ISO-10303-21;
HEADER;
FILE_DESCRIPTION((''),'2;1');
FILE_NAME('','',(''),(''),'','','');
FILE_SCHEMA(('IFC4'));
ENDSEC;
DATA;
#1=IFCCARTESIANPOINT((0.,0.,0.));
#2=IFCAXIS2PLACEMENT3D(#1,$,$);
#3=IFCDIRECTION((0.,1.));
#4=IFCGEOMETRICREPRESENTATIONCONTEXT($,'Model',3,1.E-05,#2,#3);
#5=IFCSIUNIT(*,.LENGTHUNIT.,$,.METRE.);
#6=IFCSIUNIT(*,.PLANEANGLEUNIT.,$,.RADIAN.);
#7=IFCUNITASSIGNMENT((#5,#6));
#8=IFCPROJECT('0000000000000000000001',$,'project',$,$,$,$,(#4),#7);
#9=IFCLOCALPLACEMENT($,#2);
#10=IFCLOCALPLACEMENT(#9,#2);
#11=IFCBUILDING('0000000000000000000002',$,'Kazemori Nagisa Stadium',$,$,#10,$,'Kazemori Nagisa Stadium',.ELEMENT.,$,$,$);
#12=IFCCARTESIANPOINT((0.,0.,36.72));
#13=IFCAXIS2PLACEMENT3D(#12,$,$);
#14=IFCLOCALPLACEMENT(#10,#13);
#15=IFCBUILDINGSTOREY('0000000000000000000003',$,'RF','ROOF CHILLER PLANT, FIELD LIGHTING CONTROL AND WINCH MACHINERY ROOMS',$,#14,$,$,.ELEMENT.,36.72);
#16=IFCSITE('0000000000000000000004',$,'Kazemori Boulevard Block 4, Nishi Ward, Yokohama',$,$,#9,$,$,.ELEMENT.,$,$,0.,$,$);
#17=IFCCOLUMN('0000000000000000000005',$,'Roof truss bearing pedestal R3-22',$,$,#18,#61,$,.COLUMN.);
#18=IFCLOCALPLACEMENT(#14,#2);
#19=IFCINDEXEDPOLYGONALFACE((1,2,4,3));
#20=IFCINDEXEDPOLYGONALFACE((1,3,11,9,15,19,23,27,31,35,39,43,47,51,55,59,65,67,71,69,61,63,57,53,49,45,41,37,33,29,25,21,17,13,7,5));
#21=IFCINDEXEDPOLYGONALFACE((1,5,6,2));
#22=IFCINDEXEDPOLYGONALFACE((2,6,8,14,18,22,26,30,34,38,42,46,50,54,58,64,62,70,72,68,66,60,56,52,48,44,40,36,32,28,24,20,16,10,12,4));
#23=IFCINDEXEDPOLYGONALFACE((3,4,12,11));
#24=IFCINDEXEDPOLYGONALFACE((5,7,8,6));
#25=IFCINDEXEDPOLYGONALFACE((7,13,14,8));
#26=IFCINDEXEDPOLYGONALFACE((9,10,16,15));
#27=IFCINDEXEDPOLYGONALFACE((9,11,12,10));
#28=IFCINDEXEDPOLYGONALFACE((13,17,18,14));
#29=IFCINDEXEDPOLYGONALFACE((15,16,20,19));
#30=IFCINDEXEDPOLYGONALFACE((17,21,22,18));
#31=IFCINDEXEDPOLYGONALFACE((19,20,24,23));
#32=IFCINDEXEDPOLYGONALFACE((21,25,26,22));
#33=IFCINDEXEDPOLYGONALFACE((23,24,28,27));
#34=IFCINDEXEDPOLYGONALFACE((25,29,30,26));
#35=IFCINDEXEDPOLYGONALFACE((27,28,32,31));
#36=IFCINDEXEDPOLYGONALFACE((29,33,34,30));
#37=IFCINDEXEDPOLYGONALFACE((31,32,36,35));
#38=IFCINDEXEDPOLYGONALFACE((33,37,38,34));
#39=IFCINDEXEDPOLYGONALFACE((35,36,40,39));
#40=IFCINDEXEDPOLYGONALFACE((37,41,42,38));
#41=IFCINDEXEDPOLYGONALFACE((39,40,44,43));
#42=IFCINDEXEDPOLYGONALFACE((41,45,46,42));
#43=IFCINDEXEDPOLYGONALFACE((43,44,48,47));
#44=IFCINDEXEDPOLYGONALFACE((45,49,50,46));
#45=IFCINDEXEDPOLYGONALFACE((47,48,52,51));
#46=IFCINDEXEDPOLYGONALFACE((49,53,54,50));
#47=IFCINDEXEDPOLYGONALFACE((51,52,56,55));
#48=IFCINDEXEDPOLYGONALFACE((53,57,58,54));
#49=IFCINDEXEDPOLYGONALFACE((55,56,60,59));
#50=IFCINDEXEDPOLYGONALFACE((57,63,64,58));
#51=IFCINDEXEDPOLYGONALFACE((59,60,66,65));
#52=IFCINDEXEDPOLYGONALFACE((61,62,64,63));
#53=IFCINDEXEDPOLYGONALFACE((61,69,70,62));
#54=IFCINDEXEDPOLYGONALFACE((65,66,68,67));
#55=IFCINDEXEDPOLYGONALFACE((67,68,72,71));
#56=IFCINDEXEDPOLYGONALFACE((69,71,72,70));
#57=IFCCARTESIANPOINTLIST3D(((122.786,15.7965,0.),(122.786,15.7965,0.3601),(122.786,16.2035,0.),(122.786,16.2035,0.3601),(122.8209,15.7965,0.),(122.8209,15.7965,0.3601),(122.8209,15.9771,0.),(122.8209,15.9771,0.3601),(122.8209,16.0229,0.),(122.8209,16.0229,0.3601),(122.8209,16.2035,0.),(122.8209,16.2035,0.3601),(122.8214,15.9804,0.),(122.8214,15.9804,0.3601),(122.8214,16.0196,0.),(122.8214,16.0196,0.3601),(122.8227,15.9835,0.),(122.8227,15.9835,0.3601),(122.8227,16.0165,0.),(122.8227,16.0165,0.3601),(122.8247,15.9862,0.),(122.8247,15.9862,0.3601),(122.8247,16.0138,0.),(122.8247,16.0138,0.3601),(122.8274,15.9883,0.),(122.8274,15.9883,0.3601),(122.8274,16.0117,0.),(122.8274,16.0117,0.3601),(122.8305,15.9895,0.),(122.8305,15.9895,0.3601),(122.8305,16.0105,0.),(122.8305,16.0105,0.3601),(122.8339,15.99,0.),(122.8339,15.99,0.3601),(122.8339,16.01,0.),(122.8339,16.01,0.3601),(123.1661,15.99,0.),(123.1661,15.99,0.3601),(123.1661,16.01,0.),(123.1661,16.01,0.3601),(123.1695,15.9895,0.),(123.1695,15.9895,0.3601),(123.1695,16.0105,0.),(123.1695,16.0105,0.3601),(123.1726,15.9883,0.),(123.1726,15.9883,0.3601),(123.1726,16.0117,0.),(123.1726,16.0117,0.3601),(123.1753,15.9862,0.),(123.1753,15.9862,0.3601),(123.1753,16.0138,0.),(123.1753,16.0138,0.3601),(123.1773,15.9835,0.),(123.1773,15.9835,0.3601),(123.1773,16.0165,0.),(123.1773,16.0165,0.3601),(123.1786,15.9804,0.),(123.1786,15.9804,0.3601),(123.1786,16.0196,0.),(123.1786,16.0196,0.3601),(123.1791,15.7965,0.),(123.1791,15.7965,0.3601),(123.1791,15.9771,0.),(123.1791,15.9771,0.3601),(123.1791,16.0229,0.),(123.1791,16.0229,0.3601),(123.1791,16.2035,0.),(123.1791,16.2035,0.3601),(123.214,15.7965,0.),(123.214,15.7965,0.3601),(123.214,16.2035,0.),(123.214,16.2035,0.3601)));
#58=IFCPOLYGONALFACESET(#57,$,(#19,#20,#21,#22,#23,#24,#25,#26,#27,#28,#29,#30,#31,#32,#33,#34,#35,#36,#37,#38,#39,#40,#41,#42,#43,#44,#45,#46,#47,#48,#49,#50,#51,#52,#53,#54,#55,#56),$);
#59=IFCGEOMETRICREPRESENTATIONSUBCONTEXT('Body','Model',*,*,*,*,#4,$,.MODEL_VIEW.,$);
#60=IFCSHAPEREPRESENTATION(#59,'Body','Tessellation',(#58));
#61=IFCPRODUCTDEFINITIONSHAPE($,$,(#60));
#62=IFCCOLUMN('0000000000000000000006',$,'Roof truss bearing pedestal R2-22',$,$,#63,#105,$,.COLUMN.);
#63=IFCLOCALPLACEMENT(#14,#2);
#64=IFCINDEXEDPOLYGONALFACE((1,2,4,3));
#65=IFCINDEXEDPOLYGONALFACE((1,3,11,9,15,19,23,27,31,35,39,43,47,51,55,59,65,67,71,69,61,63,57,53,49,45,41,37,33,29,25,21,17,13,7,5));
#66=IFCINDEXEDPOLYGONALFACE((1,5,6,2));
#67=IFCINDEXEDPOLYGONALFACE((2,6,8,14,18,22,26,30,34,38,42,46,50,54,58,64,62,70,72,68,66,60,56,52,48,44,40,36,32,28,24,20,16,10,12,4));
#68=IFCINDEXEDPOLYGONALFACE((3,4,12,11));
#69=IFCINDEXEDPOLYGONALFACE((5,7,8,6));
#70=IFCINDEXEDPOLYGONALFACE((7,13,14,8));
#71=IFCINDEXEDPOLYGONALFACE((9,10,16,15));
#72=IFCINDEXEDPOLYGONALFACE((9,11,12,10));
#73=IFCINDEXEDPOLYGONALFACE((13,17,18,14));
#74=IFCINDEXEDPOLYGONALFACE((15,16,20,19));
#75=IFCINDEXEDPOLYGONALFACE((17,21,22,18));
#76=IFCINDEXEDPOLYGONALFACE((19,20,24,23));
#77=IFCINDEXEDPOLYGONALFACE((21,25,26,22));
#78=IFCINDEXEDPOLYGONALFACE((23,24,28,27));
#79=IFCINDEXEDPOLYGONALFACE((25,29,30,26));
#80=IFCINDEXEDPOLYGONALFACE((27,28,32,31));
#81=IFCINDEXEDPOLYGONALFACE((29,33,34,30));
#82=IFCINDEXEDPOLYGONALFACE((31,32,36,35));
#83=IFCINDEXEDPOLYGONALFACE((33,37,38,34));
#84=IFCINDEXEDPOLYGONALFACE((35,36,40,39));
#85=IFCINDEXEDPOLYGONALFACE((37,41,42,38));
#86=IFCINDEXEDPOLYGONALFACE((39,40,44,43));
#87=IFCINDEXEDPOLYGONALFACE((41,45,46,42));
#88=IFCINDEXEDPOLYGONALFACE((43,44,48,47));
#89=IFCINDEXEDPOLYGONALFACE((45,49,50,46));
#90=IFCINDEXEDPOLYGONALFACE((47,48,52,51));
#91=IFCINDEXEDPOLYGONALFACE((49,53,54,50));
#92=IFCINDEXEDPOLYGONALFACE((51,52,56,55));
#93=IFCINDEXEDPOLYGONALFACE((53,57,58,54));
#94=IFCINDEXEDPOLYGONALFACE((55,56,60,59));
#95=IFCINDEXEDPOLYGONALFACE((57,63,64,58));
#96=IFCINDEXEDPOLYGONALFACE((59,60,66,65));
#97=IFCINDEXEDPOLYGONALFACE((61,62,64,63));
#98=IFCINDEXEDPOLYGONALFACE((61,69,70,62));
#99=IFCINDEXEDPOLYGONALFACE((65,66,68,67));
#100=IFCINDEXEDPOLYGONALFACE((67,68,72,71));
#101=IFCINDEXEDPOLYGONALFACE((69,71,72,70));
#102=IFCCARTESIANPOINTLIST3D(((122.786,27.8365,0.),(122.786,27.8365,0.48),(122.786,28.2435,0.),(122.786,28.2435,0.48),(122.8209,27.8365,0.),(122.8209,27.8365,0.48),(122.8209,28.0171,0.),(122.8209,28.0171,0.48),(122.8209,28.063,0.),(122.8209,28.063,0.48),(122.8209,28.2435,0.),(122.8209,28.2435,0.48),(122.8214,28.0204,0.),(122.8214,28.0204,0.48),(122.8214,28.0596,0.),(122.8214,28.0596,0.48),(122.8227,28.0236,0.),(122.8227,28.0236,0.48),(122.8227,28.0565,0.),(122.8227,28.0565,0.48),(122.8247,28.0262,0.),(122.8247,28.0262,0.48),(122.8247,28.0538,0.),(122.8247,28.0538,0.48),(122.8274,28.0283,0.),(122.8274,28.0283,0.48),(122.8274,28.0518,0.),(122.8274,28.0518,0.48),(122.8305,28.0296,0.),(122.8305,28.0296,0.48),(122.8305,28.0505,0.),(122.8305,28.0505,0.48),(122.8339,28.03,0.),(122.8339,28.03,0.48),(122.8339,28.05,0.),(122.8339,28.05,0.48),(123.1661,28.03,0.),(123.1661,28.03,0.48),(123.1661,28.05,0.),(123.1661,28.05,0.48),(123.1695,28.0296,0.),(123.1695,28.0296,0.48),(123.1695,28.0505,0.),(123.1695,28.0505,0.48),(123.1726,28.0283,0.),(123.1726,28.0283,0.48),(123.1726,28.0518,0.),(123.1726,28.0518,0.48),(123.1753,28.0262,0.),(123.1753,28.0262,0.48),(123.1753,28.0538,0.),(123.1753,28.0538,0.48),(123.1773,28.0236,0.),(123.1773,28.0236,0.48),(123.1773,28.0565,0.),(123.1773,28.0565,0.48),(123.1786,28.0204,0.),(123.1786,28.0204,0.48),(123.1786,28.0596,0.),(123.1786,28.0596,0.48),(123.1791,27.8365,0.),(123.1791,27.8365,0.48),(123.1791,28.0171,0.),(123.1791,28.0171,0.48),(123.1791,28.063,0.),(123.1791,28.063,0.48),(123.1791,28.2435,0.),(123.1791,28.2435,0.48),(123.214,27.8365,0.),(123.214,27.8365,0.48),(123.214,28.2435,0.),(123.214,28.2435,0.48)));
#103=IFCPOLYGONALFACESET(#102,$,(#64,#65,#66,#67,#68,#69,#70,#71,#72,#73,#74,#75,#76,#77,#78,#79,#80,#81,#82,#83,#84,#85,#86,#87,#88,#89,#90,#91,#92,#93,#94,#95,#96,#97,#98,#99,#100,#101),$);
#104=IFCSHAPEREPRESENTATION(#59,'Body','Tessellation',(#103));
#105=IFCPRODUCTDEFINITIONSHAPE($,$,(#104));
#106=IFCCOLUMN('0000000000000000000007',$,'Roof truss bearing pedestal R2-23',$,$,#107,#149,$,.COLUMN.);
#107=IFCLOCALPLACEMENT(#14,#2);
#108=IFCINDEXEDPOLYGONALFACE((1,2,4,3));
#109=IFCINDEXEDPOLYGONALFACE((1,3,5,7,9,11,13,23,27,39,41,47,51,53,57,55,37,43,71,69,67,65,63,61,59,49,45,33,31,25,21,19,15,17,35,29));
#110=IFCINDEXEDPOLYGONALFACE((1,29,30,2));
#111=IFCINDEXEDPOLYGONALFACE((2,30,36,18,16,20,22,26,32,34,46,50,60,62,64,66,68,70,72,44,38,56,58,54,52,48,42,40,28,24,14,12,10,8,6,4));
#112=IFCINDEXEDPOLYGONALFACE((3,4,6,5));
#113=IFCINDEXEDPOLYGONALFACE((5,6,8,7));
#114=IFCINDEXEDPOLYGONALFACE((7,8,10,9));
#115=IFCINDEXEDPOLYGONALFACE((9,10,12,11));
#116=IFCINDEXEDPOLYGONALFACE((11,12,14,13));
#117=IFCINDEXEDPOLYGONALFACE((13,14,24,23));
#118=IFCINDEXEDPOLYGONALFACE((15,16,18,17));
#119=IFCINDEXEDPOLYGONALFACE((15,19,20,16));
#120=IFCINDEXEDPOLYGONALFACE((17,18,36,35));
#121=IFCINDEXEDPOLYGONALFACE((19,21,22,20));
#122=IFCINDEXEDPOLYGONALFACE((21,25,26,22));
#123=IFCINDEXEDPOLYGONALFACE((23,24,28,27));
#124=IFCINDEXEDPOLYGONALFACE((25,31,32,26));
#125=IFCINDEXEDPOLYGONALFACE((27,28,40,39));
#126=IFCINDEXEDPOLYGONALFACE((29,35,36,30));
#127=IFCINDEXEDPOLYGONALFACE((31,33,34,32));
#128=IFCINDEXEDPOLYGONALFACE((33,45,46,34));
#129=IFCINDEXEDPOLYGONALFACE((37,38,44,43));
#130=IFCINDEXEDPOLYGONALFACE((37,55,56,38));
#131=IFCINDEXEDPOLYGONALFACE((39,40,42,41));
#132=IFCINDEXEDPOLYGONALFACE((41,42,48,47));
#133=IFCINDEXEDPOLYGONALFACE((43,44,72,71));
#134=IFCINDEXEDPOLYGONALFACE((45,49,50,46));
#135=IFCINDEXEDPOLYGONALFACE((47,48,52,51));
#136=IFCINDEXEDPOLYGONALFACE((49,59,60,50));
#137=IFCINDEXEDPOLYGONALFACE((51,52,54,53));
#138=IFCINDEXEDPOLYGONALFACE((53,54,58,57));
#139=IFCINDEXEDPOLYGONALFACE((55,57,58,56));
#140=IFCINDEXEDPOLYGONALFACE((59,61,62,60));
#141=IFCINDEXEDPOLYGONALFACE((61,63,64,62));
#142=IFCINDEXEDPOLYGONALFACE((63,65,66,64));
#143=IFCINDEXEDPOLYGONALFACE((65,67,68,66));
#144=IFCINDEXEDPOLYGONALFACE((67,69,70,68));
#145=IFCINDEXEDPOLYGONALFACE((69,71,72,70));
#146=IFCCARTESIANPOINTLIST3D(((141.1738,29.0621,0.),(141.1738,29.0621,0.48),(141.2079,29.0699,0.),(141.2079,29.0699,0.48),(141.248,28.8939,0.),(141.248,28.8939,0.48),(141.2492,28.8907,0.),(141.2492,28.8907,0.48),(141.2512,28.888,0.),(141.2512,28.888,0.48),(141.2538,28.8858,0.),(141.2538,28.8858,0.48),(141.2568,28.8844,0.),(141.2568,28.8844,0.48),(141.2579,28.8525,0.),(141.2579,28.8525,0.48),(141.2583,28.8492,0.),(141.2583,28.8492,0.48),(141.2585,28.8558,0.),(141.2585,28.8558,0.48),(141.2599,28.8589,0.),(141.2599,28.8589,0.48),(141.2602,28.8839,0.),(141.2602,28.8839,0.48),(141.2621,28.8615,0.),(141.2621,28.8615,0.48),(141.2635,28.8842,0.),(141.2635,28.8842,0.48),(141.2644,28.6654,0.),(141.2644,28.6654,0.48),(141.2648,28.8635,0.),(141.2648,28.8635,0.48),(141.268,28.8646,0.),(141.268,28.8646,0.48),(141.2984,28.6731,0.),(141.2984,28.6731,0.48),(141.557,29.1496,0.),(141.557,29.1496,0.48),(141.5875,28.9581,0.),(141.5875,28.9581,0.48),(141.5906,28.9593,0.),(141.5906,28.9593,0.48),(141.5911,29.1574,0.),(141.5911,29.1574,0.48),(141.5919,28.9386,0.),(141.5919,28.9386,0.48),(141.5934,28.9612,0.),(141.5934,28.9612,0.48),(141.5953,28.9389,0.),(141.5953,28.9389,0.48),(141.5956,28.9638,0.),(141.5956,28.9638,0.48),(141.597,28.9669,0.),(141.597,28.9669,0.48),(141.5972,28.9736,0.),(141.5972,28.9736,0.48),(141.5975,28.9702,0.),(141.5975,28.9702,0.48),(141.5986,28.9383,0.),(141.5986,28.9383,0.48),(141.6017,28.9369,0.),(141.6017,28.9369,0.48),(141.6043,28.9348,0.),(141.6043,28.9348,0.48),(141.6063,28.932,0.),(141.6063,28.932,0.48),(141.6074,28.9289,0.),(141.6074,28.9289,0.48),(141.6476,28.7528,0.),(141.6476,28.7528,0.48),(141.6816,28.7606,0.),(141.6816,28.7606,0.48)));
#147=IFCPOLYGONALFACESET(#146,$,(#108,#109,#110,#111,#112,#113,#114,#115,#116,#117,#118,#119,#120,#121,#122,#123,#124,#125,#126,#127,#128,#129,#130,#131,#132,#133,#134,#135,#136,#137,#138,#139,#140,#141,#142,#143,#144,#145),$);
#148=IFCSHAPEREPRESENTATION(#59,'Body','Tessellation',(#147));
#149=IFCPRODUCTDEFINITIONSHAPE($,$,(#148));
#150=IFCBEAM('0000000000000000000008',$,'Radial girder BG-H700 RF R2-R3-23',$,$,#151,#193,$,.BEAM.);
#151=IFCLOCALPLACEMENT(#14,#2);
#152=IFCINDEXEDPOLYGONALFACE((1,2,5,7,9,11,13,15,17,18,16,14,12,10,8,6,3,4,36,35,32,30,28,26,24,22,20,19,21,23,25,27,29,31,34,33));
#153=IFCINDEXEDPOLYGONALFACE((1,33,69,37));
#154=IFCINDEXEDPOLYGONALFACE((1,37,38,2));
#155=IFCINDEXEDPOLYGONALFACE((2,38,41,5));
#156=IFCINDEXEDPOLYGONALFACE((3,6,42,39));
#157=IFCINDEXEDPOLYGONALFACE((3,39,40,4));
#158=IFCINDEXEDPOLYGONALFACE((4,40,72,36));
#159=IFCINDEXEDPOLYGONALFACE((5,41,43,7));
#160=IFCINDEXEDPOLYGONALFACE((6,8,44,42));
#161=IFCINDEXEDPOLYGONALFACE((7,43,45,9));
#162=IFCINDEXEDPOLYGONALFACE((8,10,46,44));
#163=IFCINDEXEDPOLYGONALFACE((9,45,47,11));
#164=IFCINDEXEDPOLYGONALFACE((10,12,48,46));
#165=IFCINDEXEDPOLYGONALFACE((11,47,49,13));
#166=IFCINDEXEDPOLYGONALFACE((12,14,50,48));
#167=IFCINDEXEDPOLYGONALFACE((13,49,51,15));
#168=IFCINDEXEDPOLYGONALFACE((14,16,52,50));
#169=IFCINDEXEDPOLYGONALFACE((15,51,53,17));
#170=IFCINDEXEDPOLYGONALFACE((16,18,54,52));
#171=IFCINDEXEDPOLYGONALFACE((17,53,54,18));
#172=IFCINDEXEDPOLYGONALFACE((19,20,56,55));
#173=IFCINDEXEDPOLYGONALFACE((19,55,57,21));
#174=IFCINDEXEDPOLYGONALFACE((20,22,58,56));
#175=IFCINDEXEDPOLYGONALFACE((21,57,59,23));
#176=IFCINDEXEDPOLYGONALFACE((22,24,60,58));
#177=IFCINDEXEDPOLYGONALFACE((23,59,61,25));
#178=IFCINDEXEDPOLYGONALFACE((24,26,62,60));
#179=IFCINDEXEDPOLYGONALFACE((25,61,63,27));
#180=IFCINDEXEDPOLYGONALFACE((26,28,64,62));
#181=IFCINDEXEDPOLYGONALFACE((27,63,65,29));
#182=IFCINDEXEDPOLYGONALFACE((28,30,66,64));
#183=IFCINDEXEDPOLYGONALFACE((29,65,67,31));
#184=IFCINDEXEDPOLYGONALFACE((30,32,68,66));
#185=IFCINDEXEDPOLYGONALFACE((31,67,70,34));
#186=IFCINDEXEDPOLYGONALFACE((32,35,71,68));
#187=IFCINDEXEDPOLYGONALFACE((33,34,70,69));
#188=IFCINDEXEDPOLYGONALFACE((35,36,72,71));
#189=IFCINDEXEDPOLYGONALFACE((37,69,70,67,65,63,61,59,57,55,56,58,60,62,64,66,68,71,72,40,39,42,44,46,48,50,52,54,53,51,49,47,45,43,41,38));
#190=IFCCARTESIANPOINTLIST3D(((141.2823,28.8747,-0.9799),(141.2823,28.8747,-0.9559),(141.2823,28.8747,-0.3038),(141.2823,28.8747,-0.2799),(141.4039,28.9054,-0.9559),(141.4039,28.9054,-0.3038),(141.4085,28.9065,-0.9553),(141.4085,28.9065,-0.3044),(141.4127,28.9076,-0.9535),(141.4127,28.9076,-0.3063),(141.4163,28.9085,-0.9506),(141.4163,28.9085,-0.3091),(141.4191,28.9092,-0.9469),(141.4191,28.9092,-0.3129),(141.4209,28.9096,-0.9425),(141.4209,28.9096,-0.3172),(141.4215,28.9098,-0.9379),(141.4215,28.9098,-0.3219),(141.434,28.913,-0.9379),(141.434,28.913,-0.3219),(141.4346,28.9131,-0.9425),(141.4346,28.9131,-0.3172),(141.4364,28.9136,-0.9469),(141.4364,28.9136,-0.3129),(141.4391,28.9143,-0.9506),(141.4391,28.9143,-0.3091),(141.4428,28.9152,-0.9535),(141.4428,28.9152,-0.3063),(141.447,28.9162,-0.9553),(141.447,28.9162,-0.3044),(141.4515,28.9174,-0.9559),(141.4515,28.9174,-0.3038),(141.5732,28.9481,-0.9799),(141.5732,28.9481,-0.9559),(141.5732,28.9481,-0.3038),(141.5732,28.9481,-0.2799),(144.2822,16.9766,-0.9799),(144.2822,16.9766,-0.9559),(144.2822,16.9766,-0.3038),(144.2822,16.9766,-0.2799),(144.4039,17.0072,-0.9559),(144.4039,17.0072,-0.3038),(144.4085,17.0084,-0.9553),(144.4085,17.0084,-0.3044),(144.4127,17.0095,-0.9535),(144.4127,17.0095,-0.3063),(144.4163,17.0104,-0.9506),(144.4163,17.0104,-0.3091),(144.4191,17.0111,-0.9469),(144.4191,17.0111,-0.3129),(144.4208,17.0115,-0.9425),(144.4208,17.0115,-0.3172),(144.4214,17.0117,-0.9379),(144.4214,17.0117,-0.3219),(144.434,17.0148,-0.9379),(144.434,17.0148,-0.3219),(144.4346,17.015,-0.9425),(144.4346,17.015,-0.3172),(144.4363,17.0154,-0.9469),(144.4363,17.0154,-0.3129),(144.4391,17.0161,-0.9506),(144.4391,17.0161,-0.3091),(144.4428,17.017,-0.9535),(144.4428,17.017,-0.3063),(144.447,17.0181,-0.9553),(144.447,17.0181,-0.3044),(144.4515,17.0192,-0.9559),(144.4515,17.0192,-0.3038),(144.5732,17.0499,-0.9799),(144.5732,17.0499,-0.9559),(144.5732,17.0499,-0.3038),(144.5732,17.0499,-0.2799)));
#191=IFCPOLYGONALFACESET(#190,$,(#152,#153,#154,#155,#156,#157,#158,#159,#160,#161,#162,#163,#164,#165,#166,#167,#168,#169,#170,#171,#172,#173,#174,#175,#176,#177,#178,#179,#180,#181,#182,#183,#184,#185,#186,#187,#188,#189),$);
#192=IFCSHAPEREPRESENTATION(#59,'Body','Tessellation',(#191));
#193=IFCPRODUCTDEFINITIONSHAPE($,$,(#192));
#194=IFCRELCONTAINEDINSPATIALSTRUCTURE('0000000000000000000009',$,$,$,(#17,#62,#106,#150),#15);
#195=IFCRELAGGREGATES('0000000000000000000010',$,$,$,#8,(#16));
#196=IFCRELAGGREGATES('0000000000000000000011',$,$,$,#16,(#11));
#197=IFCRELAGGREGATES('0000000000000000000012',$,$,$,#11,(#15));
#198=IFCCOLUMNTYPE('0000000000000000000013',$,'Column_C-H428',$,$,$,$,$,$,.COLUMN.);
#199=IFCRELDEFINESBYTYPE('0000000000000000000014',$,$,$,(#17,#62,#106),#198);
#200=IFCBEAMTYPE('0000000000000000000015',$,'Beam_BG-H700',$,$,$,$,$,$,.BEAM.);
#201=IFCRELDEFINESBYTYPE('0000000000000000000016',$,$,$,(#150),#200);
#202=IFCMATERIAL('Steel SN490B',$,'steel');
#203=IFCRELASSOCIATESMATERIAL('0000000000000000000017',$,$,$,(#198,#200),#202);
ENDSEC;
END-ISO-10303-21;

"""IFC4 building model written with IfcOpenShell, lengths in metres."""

from ifc_helpers import new_model, si_unit, direction, frame, origin, origin_2d, place, context, subcontext, project, spatial, i_section, extrude, material, material_profile, profile_set, type_object, element, save


model = new_model("IFC4")

# Units and contexts
model_context = context("Model", 3, precision=1e-05, world=origin(), true_north=direction((0.0, 1.0)))
body_context = subcontext(model_context, "Body", "Model", "MODEL_VIEW")
ifc_project = project(units=[si_unit("LENGTHUNIT", "METRE"), si_unit("PLANEANGLEUNIT", "RADIAN")], contexts=[model_context])

# Site, building, storey
site_placement = place(None, origin())
site = spatial("IfcSite", under=ifc_project, at=site_placement, Name="Kazemori Boulevard Block 4, Nishi Ward, Yokohama", CompositionType="ELEMENT", RefElevation=0.0)
building_placement = place(site_placement, origin())
building = spatial("IfcBuilding", under=site, at=building_placement, Name="Kazemori Nagisa Stadium", LongName="Kazemori Nagisa Stadium", CompositionType="ELEMENT")
storey_placement = place(building_placement, frame((0.0, 0.0, 36.72)))
storey = spatial("IfcBuildingStorey", under=building, at=storey_placement, Name="RF", Description="ROOF CHILLER PLANT, FIELD LIGHTING CONTROL AND WINCH MACHINERY ROOMS", CompositionType="ELEMENT", Elevation=36.72)

# Columns
ifc_material_1 = material(Name="Steel SN490B", Category="steel")
ifc_material_profile_1 = material_profile(ifc_material_1, i_section(OverallWidth=0.407, OverallDepth=0.428, WebThickness=0.02, FlangeThickness=0.0349, FilletRadius=0.0129, at=origin_2d()), Name="H-428x407x20x35")
ifc_profile_set_1 = profile_set([ifc_material_profile_1], Name="Steel SN490B")
column_type = type_object("IfcColumnType", Name="Column_C-H428", PredefinedType="COLUMN", material=ifc_profile_set_1)
column_placement = place(storey_placement, frame((123.0, 16.0, 0.0), z_axis=(0.0, 0.0, 1.0), x_axis=(0.0, -1.0, 0.0)))
element("IfcColumn", 1, at=column_placement, inside=storey, type_object=column_type, Name="Roof truss bearing pedestal R3-22", PredefinedType="COLUMN", context=body_context, shape_type="SweptSolid", body=[
    extrude(i_section(OverallWidth=0.407, OverallDepth=0.428, WebThickness=0.02, FlangeThickness=0.0349, FilletRadius=0.0129, at=origin_2d()), origin(), (0.0, 0.0, 1.0), 0.3601),
])
for number, where, z_axis, x_axis, name in (
    (2, (123.0, 28.04, 0.0), (0.0, 0.0, 1.0), (0.0, -1.0, 0.0), "Roof truss bearing pedestal R2-22"),
    (3, (141.4277, 28.9114, 0.0), (0.0, 0.0, 1.0), (0.222521, -0.974928, 0.0), "Roof truss bearing pedestal R2-23"),
):
    element("IfcColumn", number, at=place(storey_placement, frame(where, z_axis=z_axis, x_axis=x_axis)), inside=storey, type_object=column_type, Name=name, PredefinedType="COLUMN", context=body_context, shape_type="SweptSolid", body=[
        extrude(i_section(OverallWidth=0.407, OverallDepth=0.428, WebThickness=0.02, FlangeThickness=0.0349, FilletRadius=0.0129, at=origin_2d()), origin(), (0.0, 0.0, 1.0), 0.48),
    ])

# Beam
ifc_material_profile_2 = material_profile(ifc_material_1, i_section(OverallWidth=0.3, OverallDepth=0.7, WebThickness=0.0129, FlangeThickness=0.0239, FilletRadius=0.0181, at=origin_2d()), Name="H-700x300x13x24")
ifc_profile_set_2 = profile_set([ifc_material_profile_2], Name="Steel SN490B")
beam_type_1 = type_object("IfcBeamType", Name="Beam_BG-H700", PredefinedType="BEAM", material=ifc_profile_set_2)
beam_1_placement = place(storey_placement, frame((141.4277, 28.9114, -0.6299), z_axis=(0.244487, -0.969652, 0.0), x_axis=(0.969652, 0.244487, 0.0)))
element("IfcBeam", 4, at=beam_1_placement, inside=storey, type_object=beam_type_1, Name="Radial girder BG-H700 RF R2-R3-23", PredefinedType="BEAM", context=body_context, shape_type="SweptSolid", body=[
    extrude(i_section(OverallWidth=0.3, OverallDepth=0.7, WebThickness=0.0129, FlangeThickness=0.0239, FilletRadius=0.0181, at=origin_2d()), origin(), (0.0, 0.0, 1.0), 12.2705),
])

save(model, "model.ifc")
